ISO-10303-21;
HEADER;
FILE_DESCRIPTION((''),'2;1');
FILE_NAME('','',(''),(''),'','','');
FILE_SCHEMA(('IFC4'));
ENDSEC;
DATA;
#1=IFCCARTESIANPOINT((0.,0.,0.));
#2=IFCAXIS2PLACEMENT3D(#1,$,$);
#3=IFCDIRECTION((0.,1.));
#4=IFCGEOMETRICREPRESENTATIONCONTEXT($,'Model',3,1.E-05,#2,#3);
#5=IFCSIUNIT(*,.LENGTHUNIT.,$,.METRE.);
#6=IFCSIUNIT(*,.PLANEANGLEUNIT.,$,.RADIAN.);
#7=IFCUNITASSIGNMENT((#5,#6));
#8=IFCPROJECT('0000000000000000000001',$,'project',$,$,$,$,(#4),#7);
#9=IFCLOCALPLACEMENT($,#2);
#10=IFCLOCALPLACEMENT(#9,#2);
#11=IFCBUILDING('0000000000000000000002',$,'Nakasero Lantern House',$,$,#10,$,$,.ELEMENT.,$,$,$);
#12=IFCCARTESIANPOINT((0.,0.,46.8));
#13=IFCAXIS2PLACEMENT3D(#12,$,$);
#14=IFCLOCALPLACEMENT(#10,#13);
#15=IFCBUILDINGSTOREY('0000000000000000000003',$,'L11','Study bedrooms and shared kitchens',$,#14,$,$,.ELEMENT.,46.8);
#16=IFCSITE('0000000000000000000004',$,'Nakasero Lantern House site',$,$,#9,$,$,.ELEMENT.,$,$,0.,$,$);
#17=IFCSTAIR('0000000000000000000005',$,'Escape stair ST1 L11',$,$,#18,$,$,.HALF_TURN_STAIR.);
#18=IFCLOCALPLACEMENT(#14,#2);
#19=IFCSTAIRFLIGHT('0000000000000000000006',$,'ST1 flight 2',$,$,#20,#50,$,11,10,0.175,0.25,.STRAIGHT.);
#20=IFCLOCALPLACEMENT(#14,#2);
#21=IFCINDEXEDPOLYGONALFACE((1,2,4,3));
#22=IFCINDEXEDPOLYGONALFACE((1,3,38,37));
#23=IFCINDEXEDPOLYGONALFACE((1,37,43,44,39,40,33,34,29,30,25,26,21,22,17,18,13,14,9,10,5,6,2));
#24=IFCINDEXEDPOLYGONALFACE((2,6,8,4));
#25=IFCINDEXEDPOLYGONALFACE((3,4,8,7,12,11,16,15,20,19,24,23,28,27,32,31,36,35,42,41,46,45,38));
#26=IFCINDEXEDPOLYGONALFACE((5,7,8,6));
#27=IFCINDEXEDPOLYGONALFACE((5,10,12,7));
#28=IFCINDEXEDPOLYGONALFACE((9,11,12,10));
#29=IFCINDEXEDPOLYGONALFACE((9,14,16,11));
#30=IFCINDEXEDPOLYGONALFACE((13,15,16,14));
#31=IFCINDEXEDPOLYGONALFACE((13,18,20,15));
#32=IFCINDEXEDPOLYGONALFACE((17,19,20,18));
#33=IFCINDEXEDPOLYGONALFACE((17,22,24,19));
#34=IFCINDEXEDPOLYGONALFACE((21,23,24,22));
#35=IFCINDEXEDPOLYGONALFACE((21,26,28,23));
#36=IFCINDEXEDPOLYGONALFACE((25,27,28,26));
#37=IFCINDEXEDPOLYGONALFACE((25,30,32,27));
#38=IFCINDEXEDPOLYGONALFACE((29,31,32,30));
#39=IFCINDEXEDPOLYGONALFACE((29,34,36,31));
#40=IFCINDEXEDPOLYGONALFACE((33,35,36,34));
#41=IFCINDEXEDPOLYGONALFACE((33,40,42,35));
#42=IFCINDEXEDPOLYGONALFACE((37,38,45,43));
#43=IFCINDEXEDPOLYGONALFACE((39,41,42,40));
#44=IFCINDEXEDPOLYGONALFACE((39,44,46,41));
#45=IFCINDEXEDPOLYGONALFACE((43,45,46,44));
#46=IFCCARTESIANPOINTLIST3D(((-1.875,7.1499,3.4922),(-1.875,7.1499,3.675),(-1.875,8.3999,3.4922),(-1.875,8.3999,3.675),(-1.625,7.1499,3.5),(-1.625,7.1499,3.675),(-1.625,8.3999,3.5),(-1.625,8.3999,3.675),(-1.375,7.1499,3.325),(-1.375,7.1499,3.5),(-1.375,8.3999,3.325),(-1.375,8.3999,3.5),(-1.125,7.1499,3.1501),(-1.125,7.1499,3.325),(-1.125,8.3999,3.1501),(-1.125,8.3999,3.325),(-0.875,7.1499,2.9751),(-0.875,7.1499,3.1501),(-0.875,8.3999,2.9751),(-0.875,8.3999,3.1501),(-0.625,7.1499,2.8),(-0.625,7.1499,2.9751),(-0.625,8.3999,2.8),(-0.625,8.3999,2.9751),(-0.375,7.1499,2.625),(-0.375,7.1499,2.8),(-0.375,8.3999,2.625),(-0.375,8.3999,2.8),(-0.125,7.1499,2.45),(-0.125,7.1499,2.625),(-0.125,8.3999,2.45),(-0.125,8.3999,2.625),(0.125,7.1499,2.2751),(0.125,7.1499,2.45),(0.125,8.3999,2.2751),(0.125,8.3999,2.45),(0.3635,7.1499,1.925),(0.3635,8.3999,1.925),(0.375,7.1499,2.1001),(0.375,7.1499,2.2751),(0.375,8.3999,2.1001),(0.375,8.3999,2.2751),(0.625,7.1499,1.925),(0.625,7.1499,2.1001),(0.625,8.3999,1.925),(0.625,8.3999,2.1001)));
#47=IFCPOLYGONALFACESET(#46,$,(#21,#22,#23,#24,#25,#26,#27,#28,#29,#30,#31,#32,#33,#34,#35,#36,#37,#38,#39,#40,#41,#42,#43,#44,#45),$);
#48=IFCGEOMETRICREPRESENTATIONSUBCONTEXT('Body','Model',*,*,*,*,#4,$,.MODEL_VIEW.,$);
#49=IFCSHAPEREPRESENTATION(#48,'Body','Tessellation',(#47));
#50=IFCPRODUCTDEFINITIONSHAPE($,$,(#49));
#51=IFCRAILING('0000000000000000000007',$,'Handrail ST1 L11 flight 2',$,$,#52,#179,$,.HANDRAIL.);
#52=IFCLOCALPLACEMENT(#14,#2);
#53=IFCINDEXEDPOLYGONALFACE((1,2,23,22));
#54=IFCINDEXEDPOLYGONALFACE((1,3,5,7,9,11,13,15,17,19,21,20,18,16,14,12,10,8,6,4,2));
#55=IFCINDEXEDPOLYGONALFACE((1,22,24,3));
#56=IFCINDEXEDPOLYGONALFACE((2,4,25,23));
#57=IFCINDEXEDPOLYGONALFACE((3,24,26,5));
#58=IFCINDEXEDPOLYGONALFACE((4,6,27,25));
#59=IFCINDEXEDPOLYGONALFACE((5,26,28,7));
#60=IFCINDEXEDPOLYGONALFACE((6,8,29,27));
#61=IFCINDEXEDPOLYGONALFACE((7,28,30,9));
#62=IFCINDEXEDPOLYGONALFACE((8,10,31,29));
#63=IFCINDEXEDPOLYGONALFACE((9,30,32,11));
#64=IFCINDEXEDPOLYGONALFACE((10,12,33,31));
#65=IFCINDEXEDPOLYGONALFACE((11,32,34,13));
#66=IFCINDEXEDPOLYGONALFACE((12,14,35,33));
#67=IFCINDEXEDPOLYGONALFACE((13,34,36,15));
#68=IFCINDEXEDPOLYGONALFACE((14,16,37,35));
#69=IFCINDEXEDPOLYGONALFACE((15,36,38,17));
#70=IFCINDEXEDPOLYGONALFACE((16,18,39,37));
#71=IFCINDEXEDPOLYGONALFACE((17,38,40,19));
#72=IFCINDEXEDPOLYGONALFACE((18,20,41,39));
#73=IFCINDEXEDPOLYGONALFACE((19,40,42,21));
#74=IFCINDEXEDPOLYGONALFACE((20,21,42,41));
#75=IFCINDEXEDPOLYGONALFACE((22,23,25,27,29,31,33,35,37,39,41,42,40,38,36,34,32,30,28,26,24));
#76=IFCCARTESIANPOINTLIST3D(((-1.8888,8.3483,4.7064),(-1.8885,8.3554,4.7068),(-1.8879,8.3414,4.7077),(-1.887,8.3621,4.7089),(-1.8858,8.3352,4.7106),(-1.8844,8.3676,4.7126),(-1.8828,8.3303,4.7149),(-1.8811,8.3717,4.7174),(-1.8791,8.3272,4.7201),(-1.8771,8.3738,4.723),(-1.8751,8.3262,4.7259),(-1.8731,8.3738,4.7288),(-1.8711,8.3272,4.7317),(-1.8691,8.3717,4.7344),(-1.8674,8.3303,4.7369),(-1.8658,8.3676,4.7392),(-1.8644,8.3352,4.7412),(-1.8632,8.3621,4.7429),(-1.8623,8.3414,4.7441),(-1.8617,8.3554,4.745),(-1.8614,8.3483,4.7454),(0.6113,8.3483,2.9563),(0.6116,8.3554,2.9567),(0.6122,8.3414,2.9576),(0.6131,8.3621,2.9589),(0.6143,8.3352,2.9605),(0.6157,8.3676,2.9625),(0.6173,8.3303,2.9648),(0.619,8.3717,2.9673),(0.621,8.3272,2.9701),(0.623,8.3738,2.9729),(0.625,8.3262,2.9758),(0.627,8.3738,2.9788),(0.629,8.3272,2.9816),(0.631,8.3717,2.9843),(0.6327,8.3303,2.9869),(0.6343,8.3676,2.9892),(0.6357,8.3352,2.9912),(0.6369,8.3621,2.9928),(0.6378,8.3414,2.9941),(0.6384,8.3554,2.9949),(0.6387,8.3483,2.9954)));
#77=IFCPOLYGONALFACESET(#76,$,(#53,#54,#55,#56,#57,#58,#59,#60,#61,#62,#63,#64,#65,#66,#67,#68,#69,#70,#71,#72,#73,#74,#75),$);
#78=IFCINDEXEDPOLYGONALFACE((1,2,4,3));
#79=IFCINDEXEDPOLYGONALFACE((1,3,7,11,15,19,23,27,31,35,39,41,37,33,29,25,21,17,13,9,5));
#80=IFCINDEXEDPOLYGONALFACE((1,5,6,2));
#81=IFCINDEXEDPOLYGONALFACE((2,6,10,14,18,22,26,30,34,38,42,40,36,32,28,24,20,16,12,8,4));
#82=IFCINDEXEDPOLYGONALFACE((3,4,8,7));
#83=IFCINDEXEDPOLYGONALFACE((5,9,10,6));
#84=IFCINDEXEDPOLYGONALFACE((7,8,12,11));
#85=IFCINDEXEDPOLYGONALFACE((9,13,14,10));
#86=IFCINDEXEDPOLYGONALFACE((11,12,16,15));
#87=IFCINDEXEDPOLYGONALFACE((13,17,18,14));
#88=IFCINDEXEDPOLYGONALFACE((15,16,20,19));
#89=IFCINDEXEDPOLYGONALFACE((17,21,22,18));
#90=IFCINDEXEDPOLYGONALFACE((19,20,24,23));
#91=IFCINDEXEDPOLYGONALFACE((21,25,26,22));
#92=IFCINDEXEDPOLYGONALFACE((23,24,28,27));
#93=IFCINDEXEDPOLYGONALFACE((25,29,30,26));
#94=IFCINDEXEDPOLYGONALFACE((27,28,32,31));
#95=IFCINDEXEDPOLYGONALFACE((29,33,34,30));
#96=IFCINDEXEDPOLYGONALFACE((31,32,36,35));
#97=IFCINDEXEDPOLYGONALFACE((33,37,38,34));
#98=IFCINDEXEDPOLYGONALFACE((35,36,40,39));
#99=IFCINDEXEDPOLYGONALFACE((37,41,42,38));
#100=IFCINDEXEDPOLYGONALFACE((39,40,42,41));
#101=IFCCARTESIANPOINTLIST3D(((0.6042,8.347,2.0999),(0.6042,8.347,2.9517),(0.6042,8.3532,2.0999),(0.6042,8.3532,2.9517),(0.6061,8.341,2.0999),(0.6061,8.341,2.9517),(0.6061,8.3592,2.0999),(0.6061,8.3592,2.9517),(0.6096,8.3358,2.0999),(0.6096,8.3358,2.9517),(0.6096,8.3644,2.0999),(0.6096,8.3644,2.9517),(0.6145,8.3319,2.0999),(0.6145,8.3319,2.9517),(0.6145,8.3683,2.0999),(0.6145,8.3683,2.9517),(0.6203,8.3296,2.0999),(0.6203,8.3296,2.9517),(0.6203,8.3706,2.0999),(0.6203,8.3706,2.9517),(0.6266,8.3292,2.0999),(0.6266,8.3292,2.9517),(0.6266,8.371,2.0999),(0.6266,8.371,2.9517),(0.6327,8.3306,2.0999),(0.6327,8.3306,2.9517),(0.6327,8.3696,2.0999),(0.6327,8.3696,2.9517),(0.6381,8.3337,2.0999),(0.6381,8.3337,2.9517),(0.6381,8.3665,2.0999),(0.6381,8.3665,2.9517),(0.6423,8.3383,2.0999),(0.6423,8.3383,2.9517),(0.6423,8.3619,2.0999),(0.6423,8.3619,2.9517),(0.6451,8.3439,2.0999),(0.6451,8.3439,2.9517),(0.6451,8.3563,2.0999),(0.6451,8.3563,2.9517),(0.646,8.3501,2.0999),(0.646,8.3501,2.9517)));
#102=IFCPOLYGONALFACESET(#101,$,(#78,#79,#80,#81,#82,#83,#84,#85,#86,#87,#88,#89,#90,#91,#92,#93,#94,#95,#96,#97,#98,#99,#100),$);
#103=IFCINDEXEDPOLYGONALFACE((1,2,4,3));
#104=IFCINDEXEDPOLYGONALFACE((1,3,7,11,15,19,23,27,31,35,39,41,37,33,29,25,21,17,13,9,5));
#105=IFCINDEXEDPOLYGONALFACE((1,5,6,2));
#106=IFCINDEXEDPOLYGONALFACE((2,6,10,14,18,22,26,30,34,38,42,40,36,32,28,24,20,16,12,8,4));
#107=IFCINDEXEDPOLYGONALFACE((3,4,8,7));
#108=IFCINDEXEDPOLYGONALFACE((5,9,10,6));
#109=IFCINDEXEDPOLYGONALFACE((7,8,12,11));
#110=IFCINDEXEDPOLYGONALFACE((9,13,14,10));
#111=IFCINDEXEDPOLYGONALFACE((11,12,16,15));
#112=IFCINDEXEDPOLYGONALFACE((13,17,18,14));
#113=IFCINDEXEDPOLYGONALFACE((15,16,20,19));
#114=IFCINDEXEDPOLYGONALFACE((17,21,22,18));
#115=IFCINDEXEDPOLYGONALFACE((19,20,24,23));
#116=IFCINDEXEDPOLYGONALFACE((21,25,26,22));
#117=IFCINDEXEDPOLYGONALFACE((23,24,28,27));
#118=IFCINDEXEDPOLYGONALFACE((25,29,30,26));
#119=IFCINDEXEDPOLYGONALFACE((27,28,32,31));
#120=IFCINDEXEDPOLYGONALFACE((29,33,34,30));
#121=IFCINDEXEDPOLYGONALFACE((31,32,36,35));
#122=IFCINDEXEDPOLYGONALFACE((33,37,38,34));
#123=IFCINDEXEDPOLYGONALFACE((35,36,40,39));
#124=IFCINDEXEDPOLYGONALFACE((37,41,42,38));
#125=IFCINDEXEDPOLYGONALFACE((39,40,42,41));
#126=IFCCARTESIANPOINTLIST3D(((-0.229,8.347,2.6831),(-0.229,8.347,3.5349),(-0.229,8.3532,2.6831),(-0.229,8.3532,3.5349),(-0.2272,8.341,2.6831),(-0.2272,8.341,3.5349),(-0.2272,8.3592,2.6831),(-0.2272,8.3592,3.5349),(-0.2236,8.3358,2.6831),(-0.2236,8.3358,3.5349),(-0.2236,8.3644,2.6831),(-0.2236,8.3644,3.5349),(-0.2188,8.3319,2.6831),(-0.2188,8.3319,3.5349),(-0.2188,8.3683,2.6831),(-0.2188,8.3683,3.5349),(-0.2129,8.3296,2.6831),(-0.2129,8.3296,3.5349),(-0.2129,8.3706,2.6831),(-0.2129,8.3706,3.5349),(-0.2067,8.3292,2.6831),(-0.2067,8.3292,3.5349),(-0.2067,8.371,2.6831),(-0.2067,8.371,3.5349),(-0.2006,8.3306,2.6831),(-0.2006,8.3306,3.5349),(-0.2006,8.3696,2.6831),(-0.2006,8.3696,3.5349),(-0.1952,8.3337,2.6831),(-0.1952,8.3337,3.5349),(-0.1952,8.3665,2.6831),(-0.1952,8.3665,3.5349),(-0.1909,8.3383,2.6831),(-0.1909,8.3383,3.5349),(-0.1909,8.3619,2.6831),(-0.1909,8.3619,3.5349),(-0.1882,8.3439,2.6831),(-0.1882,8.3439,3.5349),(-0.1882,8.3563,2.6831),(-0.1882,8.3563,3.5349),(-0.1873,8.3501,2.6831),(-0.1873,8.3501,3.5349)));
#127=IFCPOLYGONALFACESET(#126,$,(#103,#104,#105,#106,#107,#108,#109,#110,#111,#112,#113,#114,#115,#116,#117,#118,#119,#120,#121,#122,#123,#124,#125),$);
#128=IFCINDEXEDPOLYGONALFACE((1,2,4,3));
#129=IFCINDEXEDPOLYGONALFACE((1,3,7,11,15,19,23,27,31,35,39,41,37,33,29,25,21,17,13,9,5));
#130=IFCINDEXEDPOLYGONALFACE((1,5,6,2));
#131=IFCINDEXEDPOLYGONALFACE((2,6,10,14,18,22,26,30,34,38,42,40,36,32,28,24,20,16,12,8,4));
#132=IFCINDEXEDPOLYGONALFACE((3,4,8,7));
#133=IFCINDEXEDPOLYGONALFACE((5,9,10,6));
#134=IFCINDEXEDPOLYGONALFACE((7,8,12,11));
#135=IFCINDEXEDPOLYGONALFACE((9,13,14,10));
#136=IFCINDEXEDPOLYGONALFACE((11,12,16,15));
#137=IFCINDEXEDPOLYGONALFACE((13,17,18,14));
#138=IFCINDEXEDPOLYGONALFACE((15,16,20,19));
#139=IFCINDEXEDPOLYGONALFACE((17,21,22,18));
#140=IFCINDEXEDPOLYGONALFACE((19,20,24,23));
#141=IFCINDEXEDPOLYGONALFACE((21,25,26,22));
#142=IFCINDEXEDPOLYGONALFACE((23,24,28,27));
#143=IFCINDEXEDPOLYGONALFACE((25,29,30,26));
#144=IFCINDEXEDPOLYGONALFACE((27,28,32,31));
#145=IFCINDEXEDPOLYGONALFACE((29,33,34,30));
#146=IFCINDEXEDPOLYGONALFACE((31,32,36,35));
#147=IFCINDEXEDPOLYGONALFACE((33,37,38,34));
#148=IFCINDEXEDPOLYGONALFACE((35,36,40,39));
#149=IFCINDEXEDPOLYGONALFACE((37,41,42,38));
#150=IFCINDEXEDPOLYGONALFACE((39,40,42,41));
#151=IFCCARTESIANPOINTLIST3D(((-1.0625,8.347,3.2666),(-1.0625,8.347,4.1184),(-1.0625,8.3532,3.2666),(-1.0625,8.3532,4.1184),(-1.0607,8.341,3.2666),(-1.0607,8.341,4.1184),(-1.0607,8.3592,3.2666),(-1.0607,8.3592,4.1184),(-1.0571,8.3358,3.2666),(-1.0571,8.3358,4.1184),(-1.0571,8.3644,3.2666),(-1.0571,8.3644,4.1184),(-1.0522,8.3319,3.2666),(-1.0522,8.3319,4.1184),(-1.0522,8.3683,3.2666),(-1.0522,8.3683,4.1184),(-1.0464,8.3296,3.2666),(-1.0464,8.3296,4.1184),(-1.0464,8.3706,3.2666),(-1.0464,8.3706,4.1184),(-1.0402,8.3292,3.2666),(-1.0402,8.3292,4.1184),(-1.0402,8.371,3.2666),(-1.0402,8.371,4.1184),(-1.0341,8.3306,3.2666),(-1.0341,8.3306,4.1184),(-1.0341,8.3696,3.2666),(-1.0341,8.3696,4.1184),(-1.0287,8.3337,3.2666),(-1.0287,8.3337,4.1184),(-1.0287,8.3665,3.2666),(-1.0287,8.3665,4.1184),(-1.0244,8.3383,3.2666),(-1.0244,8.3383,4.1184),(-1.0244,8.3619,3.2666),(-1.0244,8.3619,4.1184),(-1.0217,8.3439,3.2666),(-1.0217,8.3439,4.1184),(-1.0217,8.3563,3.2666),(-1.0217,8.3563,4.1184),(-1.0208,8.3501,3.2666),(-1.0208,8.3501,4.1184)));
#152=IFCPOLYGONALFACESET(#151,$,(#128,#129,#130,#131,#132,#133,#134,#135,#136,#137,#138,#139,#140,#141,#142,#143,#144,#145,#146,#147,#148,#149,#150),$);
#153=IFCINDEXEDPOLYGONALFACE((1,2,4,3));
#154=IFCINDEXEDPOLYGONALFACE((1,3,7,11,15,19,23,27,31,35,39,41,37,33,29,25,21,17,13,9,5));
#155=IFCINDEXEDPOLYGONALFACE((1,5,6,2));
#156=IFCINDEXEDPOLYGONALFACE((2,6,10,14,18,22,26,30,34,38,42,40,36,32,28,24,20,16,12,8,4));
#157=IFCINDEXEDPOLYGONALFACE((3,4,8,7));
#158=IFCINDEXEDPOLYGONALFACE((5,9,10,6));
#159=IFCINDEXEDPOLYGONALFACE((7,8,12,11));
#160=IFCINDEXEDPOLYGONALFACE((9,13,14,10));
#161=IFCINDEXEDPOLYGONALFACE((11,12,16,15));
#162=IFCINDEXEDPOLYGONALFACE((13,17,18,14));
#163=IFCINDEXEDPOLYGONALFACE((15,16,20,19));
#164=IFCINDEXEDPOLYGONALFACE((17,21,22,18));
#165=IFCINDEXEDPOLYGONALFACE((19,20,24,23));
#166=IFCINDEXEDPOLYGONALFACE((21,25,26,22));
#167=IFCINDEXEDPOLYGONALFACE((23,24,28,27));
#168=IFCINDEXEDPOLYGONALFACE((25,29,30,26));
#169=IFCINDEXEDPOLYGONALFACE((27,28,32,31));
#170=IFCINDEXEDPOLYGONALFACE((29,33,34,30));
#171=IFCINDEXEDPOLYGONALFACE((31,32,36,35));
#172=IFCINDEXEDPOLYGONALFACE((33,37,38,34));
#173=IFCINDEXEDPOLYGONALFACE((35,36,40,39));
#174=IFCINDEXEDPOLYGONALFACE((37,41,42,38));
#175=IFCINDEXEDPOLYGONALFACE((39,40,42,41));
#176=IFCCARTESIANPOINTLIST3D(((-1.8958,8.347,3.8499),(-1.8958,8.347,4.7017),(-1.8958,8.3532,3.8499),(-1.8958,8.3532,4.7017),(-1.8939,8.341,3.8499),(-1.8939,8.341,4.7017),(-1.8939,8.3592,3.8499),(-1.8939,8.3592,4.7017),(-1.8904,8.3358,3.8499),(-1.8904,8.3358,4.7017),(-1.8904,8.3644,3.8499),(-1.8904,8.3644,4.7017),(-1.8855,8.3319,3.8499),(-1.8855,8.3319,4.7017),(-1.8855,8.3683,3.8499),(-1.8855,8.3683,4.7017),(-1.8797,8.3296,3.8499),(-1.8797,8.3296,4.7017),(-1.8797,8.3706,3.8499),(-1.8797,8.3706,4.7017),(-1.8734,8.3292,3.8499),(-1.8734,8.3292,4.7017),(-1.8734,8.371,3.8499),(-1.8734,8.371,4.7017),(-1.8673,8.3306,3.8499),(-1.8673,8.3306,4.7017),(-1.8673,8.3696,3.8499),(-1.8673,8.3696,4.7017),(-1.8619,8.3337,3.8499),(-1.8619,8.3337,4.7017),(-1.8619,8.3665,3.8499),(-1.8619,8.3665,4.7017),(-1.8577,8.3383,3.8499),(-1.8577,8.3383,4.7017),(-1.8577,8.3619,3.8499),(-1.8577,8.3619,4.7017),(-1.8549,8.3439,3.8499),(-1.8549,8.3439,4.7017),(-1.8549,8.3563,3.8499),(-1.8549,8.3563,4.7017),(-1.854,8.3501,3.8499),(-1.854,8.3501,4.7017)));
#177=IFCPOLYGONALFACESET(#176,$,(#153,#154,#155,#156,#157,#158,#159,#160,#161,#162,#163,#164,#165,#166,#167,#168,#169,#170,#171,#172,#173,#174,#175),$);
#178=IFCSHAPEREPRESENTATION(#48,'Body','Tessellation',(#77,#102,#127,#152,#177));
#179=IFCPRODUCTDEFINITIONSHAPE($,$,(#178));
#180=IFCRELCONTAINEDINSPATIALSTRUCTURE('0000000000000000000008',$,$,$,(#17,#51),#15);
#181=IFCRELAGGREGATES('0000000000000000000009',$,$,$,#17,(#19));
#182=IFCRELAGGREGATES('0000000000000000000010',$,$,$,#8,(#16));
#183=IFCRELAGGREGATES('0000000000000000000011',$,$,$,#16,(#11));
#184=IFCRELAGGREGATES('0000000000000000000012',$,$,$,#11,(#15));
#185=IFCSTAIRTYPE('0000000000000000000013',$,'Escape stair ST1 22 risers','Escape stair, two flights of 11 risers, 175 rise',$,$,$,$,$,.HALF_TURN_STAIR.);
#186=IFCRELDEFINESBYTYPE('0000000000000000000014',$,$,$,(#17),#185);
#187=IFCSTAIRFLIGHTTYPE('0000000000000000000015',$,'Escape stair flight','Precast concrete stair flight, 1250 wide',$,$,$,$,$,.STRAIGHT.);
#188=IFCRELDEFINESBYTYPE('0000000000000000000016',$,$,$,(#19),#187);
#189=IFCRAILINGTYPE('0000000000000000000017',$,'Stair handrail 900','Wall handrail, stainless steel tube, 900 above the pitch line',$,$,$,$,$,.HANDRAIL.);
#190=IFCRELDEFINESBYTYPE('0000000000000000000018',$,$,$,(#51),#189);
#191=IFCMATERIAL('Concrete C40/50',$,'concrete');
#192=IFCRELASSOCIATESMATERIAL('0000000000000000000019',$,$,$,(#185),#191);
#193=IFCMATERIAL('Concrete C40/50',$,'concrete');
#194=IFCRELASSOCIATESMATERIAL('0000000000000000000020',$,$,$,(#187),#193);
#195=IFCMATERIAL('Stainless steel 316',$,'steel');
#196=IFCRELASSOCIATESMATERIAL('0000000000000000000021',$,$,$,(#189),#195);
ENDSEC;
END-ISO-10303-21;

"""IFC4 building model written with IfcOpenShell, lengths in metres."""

from ifc_helpers import new_model, si_unit, direction, frame, origin, origin_2d, place, context, subcontext, project, spatial, polyline, circle, outline, extrude, material, type_object, element, aggregate, save


model = new_model("IFC4")

# Units and contexts
model_context = context("Model", 3, precision=1e-05, world=origin(), true_north=direction((0.0, 1.0)))
body_context = subcontext(model_context, "Body", "Model", "MODEL_VIEW")
ifc_project = project(units=[si_unit("LENGTHUNIT", "METRE"), si_unit("PLANEANGLEUNIT", "RADIAN")], contexts=[model_context])

# Site, building, storey
site_placement = place(None, origin())
site = spatial("IfcSite", under=ifc_project, at=site_placement, Name="Nakasero Lantern House site", CompositionType="ELEMENT", RefElevation=0.0)
building_placement = place(site_placement, origin())
building = spatial("IfcBuilding", under=site, at=building_placement, Name="Nakasero Lantern House", CompositionType="ELEMENT")
storey_placement = place(building_placement, frame((0.0, 0.0, 46.8)))
storey = spatial("IfcBuildingStorey", under=building, at=storey_placement, Name="L11", Description="Study bedrooms and shared kitchens", CompositionType="ELEMENT", Elevation=46.8)

# Stair
ifc_material_1 = material(Name="Concrete C40/50", Category="concrete")
stair_type_1 = type_object("IfcStairType", Name="Escape stair ST1 22 risers", Description="Escape stair, two flights of 11 risers, 175 rise", PredefinedType="HALF_TURN_STAIR", material=ifc_material_1)
stair_1_placement = place(storey_placement, origin())
stair_1 = element("IfcStair", 1, at=stair_1_placement, inside=storey, type_object=stair_type_1, Name="Escape stair ST1 L11", PredefinedType="HALF_TURN_STAIR")

# Stair flight
ifc_material_2 = material(Name="Concrete C40/50", Category="concrete")
stair_flight_type = type_object("IfcStairFlightType", Name="Escape stair flight", Description="Precast concrete stair flight, 1250 wide", PredefinedType="STRAIGHT", material=ifc_material_2)
stair_flight_placement = place(storey_placement, frame((0.625, 7.7749, 1.925), z_axis=(0.0, 0.0, 1.0), x_axis=(-1.0, 0.0, 0.0)))
stair_flight = element("IfcStairFlight", 2, at=stair_flight_placement, type_object=stair_flight_type, Name="ST1 flight 2", NumberOfRisers=11, NumberOfTreads=10, PredefinedType="STRAIGHT", RiserHeight=0.175, TreadLength=0.25, context=body_context, shape_type="SweptSolid", body=[
    extrude(outline(polyline([(0.0, 0.0), (0.0, 0.175), (0.25, 0.175), (0.25, 0.3501), (0.5, 0.3501), (0.5, 0.5249), (0.75, 0.5249), (0.75, 0.7), (1.0, 0.7), (1.0, 0.875), (1.25, 0.875), (1.25, 1.05), (1.5, 1.05), (1.5, 1.2251), (1.75, 1.2251), (1.75, 1.3999), (2.0, 1.3999), (2.0, 1.575), (2.25, 1.575), (2.25, 1.75), (2.5, 1.75), (2.5, 1.925), (2.5, 1.5671), (0.2615, 0.0), (0.0, 0.0)])), frame((0.0, 0.625, 0.0), z_axis=(0.0, -1.0, 0.0), x_axis=(1.0, 0.0, 0.0)), (0.0, 0.0, 1.0), 1.25),
])
aggregate(stair_1, [stair_flight])

# Railing
ifc_material_3 = material(Name="Stainless steel 316", Category="steel")
railing_type = type_object("IfcRailingType", Name="Stair handrail 900", Description="Wall handrail, stainless steel tube, 900 above the pitch line", PredefinedType="HANDRAIL", material=ifc_material_3)
railing_placement = place(storey_placement, frame((0.625, 8.3501, 2.0999)))
element("IfcRailing", 3, at=railing_placement, inside=storey, type_object=railing_type, Name="Handrail ST1 L11 flight 2", PredefinedType="HANDRAIL", context=body_context, shape_type="SweptSolid", body=[
    extrude(circle(Radius=0.0239, at=origin_2d()), frame((0.0, 0.0, 0.876), z_axis=(-0.819232, 0.0, 0.573462), x_axis=(0.0, -1.0, 0.0)), (0.0, 0.0, 1.0), 3.0518),
    extrude(circle(Radius=0.021, at=origin_2d()), origin(), (0.0, 0.0, 1.0), 0.8518),
    extrude(circle(Radius=0.021, at=origin_2d()), frame((-0.8333, 0.0, 0.5833)), (0.0, 0.0, 1.0), 0.8518),
    extrude(circle(Radius=0.021, at=origin_2d()), frame((-1.6667, 0.0, 1.1667)), (0.0, 0.0, 1.0), 0.8518),
    extrude(circle(Radius=0.021, at=origin_2d()), frame((-2.5, 0.0, 1.75)), (0.0, 0.0, 1.0), 0.8518),
])

save(model, "model.ifc")
